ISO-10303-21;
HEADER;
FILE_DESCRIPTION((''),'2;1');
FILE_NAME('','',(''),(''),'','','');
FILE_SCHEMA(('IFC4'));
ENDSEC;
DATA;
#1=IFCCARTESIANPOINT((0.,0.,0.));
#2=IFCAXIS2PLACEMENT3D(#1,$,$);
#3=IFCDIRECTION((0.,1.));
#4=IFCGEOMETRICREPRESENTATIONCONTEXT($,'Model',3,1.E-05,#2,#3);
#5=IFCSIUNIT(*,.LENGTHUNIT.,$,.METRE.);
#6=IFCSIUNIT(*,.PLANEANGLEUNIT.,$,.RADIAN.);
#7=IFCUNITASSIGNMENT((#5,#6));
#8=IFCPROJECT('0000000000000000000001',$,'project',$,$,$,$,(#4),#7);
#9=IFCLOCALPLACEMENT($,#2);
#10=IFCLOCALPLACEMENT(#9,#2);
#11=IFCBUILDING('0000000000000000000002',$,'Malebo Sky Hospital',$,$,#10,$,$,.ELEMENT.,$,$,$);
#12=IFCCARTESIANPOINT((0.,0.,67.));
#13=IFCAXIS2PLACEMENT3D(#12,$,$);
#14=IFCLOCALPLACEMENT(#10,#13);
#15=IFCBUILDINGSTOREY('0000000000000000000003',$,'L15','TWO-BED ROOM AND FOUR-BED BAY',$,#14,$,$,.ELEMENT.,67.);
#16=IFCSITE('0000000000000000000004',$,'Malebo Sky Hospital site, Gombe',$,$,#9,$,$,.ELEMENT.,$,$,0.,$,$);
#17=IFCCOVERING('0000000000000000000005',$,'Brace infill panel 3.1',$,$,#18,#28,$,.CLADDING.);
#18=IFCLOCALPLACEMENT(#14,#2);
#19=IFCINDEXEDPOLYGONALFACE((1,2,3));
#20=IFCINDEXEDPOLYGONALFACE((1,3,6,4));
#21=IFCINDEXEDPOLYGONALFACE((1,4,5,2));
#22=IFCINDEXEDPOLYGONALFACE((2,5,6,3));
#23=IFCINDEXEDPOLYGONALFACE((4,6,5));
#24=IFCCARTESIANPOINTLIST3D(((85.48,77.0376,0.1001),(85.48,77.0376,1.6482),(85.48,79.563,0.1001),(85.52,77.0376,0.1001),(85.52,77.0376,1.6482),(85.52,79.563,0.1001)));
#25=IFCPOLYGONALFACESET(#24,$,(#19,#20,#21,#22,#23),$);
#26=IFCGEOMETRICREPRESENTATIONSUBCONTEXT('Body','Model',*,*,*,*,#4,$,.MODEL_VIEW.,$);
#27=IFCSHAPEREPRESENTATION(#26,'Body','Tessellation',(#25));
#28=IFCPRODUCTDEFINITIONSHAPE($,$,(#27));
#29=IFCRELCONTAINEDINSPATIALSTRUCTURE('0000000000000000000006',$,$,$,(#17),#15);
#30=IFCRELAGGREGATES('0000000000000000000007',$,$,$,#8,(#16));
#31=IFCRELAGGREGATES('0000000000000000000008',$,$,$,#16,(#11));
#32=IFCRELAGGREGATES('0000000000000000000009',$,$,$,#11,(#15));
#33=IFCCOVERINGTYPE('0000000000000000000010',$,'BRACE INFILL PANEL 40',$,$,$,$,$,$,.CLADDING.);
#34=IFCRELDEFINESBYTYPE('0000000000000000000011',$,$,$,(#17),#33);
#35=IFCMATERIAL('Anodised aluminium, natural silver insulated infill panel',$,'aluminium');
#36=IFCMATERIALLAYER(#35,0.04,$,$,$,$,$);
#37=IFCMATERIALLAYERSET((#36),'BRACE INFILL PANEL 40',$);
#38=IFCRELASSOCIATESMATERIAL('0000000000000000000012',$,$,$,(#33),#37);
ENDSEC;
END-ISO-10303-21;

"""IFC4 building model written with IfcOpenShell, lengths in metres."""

from ifc_helpers import new_model, si_unit, direction, frame, origin, place, context, subcontext, project, spatial, polyline, outline, extrude, material, layer, layer_set, type_object, element, save


model = new_model("IFC4")

# Units and contexts
model_context = context("Model", 3, precision=1e-05, world=origin(), true_north=direction((0.0, 1.0)))
body_context = subcontext(model_context, "Body", "Model", "MODEL_VIEW")
ifc_project = project(units=[si_unit("LENGTHUNIT", "METRE"), si_unit("PLANEANGLEUNIT", "RADIAN")], contexts=[model_context])

# Site, building, storey
site_placement = place(None, origin())
site = spatial("IfcSite", under=ifc_project, at=site_placement, Name="Malebo Sky Hospital site, Gombe", CompositionType="ELEMENT", RefElevation=0.0)
building_placement = place(site_placement, origin())
building = spatial("IfcBuilding", under=site, at=building_placement, Name="Malebo Sky Hospital", CompositionType="ELEMENT")
storey_placement = place(building_placement, frame((0.0, 0.0, 67.0)))
storey = spatial("IfcBuildingStorey", under=building, at=storey_placement, Name="L15", Description="TWO-BED ROOM AND FOUR-BED BAY", CompositionType="ELEMENT", Elevation=67.0)

# Covering
ifc_material_1 = material(Name="Anodised aluminium, natural silver insulated infill panel", Category="aluminium")
ifc_layer_1 = layer(ifc_material_1, 0.04)
ifc_layer_set_1 = layer_set([ifc_layer_1], Name="BRACE INFILL PANEL 40")
covering_type = type_object("IfcCoveringType", Name="BRACE INFILL PANEL 40", PredefinedType="CLADDING", material=ifc_layer_set_1)
covering_placement = place(storey_placement, frame((85.5, 78.3003, 0.1001), z_axis=(0.0, 0.0, 1.0), x_axis=(0.0, -1.0, 0.0)))
element("IfcCovering", 1, at=covering_placement, inside=storey, type_object=covering_type, Name="Brace infill panel 3.1", PredefinedType="CLADDING", context=body_context, shape_type="SweptSolid", body=[
    extrude(outline(polyline([(-1.2627, 0.0), (1.2627, 0.0), (1.2627, 1.5481), (-1.2627, 0.0)])), frame((0.0, 0.02, 0.0), z_axis=(0.0, -1.0, 0.0), x_axis=(1.0, 0.0, 0.0)), (0.0, 0.0, 1.0), 0.04),
])

save(model, "model.ifc")
